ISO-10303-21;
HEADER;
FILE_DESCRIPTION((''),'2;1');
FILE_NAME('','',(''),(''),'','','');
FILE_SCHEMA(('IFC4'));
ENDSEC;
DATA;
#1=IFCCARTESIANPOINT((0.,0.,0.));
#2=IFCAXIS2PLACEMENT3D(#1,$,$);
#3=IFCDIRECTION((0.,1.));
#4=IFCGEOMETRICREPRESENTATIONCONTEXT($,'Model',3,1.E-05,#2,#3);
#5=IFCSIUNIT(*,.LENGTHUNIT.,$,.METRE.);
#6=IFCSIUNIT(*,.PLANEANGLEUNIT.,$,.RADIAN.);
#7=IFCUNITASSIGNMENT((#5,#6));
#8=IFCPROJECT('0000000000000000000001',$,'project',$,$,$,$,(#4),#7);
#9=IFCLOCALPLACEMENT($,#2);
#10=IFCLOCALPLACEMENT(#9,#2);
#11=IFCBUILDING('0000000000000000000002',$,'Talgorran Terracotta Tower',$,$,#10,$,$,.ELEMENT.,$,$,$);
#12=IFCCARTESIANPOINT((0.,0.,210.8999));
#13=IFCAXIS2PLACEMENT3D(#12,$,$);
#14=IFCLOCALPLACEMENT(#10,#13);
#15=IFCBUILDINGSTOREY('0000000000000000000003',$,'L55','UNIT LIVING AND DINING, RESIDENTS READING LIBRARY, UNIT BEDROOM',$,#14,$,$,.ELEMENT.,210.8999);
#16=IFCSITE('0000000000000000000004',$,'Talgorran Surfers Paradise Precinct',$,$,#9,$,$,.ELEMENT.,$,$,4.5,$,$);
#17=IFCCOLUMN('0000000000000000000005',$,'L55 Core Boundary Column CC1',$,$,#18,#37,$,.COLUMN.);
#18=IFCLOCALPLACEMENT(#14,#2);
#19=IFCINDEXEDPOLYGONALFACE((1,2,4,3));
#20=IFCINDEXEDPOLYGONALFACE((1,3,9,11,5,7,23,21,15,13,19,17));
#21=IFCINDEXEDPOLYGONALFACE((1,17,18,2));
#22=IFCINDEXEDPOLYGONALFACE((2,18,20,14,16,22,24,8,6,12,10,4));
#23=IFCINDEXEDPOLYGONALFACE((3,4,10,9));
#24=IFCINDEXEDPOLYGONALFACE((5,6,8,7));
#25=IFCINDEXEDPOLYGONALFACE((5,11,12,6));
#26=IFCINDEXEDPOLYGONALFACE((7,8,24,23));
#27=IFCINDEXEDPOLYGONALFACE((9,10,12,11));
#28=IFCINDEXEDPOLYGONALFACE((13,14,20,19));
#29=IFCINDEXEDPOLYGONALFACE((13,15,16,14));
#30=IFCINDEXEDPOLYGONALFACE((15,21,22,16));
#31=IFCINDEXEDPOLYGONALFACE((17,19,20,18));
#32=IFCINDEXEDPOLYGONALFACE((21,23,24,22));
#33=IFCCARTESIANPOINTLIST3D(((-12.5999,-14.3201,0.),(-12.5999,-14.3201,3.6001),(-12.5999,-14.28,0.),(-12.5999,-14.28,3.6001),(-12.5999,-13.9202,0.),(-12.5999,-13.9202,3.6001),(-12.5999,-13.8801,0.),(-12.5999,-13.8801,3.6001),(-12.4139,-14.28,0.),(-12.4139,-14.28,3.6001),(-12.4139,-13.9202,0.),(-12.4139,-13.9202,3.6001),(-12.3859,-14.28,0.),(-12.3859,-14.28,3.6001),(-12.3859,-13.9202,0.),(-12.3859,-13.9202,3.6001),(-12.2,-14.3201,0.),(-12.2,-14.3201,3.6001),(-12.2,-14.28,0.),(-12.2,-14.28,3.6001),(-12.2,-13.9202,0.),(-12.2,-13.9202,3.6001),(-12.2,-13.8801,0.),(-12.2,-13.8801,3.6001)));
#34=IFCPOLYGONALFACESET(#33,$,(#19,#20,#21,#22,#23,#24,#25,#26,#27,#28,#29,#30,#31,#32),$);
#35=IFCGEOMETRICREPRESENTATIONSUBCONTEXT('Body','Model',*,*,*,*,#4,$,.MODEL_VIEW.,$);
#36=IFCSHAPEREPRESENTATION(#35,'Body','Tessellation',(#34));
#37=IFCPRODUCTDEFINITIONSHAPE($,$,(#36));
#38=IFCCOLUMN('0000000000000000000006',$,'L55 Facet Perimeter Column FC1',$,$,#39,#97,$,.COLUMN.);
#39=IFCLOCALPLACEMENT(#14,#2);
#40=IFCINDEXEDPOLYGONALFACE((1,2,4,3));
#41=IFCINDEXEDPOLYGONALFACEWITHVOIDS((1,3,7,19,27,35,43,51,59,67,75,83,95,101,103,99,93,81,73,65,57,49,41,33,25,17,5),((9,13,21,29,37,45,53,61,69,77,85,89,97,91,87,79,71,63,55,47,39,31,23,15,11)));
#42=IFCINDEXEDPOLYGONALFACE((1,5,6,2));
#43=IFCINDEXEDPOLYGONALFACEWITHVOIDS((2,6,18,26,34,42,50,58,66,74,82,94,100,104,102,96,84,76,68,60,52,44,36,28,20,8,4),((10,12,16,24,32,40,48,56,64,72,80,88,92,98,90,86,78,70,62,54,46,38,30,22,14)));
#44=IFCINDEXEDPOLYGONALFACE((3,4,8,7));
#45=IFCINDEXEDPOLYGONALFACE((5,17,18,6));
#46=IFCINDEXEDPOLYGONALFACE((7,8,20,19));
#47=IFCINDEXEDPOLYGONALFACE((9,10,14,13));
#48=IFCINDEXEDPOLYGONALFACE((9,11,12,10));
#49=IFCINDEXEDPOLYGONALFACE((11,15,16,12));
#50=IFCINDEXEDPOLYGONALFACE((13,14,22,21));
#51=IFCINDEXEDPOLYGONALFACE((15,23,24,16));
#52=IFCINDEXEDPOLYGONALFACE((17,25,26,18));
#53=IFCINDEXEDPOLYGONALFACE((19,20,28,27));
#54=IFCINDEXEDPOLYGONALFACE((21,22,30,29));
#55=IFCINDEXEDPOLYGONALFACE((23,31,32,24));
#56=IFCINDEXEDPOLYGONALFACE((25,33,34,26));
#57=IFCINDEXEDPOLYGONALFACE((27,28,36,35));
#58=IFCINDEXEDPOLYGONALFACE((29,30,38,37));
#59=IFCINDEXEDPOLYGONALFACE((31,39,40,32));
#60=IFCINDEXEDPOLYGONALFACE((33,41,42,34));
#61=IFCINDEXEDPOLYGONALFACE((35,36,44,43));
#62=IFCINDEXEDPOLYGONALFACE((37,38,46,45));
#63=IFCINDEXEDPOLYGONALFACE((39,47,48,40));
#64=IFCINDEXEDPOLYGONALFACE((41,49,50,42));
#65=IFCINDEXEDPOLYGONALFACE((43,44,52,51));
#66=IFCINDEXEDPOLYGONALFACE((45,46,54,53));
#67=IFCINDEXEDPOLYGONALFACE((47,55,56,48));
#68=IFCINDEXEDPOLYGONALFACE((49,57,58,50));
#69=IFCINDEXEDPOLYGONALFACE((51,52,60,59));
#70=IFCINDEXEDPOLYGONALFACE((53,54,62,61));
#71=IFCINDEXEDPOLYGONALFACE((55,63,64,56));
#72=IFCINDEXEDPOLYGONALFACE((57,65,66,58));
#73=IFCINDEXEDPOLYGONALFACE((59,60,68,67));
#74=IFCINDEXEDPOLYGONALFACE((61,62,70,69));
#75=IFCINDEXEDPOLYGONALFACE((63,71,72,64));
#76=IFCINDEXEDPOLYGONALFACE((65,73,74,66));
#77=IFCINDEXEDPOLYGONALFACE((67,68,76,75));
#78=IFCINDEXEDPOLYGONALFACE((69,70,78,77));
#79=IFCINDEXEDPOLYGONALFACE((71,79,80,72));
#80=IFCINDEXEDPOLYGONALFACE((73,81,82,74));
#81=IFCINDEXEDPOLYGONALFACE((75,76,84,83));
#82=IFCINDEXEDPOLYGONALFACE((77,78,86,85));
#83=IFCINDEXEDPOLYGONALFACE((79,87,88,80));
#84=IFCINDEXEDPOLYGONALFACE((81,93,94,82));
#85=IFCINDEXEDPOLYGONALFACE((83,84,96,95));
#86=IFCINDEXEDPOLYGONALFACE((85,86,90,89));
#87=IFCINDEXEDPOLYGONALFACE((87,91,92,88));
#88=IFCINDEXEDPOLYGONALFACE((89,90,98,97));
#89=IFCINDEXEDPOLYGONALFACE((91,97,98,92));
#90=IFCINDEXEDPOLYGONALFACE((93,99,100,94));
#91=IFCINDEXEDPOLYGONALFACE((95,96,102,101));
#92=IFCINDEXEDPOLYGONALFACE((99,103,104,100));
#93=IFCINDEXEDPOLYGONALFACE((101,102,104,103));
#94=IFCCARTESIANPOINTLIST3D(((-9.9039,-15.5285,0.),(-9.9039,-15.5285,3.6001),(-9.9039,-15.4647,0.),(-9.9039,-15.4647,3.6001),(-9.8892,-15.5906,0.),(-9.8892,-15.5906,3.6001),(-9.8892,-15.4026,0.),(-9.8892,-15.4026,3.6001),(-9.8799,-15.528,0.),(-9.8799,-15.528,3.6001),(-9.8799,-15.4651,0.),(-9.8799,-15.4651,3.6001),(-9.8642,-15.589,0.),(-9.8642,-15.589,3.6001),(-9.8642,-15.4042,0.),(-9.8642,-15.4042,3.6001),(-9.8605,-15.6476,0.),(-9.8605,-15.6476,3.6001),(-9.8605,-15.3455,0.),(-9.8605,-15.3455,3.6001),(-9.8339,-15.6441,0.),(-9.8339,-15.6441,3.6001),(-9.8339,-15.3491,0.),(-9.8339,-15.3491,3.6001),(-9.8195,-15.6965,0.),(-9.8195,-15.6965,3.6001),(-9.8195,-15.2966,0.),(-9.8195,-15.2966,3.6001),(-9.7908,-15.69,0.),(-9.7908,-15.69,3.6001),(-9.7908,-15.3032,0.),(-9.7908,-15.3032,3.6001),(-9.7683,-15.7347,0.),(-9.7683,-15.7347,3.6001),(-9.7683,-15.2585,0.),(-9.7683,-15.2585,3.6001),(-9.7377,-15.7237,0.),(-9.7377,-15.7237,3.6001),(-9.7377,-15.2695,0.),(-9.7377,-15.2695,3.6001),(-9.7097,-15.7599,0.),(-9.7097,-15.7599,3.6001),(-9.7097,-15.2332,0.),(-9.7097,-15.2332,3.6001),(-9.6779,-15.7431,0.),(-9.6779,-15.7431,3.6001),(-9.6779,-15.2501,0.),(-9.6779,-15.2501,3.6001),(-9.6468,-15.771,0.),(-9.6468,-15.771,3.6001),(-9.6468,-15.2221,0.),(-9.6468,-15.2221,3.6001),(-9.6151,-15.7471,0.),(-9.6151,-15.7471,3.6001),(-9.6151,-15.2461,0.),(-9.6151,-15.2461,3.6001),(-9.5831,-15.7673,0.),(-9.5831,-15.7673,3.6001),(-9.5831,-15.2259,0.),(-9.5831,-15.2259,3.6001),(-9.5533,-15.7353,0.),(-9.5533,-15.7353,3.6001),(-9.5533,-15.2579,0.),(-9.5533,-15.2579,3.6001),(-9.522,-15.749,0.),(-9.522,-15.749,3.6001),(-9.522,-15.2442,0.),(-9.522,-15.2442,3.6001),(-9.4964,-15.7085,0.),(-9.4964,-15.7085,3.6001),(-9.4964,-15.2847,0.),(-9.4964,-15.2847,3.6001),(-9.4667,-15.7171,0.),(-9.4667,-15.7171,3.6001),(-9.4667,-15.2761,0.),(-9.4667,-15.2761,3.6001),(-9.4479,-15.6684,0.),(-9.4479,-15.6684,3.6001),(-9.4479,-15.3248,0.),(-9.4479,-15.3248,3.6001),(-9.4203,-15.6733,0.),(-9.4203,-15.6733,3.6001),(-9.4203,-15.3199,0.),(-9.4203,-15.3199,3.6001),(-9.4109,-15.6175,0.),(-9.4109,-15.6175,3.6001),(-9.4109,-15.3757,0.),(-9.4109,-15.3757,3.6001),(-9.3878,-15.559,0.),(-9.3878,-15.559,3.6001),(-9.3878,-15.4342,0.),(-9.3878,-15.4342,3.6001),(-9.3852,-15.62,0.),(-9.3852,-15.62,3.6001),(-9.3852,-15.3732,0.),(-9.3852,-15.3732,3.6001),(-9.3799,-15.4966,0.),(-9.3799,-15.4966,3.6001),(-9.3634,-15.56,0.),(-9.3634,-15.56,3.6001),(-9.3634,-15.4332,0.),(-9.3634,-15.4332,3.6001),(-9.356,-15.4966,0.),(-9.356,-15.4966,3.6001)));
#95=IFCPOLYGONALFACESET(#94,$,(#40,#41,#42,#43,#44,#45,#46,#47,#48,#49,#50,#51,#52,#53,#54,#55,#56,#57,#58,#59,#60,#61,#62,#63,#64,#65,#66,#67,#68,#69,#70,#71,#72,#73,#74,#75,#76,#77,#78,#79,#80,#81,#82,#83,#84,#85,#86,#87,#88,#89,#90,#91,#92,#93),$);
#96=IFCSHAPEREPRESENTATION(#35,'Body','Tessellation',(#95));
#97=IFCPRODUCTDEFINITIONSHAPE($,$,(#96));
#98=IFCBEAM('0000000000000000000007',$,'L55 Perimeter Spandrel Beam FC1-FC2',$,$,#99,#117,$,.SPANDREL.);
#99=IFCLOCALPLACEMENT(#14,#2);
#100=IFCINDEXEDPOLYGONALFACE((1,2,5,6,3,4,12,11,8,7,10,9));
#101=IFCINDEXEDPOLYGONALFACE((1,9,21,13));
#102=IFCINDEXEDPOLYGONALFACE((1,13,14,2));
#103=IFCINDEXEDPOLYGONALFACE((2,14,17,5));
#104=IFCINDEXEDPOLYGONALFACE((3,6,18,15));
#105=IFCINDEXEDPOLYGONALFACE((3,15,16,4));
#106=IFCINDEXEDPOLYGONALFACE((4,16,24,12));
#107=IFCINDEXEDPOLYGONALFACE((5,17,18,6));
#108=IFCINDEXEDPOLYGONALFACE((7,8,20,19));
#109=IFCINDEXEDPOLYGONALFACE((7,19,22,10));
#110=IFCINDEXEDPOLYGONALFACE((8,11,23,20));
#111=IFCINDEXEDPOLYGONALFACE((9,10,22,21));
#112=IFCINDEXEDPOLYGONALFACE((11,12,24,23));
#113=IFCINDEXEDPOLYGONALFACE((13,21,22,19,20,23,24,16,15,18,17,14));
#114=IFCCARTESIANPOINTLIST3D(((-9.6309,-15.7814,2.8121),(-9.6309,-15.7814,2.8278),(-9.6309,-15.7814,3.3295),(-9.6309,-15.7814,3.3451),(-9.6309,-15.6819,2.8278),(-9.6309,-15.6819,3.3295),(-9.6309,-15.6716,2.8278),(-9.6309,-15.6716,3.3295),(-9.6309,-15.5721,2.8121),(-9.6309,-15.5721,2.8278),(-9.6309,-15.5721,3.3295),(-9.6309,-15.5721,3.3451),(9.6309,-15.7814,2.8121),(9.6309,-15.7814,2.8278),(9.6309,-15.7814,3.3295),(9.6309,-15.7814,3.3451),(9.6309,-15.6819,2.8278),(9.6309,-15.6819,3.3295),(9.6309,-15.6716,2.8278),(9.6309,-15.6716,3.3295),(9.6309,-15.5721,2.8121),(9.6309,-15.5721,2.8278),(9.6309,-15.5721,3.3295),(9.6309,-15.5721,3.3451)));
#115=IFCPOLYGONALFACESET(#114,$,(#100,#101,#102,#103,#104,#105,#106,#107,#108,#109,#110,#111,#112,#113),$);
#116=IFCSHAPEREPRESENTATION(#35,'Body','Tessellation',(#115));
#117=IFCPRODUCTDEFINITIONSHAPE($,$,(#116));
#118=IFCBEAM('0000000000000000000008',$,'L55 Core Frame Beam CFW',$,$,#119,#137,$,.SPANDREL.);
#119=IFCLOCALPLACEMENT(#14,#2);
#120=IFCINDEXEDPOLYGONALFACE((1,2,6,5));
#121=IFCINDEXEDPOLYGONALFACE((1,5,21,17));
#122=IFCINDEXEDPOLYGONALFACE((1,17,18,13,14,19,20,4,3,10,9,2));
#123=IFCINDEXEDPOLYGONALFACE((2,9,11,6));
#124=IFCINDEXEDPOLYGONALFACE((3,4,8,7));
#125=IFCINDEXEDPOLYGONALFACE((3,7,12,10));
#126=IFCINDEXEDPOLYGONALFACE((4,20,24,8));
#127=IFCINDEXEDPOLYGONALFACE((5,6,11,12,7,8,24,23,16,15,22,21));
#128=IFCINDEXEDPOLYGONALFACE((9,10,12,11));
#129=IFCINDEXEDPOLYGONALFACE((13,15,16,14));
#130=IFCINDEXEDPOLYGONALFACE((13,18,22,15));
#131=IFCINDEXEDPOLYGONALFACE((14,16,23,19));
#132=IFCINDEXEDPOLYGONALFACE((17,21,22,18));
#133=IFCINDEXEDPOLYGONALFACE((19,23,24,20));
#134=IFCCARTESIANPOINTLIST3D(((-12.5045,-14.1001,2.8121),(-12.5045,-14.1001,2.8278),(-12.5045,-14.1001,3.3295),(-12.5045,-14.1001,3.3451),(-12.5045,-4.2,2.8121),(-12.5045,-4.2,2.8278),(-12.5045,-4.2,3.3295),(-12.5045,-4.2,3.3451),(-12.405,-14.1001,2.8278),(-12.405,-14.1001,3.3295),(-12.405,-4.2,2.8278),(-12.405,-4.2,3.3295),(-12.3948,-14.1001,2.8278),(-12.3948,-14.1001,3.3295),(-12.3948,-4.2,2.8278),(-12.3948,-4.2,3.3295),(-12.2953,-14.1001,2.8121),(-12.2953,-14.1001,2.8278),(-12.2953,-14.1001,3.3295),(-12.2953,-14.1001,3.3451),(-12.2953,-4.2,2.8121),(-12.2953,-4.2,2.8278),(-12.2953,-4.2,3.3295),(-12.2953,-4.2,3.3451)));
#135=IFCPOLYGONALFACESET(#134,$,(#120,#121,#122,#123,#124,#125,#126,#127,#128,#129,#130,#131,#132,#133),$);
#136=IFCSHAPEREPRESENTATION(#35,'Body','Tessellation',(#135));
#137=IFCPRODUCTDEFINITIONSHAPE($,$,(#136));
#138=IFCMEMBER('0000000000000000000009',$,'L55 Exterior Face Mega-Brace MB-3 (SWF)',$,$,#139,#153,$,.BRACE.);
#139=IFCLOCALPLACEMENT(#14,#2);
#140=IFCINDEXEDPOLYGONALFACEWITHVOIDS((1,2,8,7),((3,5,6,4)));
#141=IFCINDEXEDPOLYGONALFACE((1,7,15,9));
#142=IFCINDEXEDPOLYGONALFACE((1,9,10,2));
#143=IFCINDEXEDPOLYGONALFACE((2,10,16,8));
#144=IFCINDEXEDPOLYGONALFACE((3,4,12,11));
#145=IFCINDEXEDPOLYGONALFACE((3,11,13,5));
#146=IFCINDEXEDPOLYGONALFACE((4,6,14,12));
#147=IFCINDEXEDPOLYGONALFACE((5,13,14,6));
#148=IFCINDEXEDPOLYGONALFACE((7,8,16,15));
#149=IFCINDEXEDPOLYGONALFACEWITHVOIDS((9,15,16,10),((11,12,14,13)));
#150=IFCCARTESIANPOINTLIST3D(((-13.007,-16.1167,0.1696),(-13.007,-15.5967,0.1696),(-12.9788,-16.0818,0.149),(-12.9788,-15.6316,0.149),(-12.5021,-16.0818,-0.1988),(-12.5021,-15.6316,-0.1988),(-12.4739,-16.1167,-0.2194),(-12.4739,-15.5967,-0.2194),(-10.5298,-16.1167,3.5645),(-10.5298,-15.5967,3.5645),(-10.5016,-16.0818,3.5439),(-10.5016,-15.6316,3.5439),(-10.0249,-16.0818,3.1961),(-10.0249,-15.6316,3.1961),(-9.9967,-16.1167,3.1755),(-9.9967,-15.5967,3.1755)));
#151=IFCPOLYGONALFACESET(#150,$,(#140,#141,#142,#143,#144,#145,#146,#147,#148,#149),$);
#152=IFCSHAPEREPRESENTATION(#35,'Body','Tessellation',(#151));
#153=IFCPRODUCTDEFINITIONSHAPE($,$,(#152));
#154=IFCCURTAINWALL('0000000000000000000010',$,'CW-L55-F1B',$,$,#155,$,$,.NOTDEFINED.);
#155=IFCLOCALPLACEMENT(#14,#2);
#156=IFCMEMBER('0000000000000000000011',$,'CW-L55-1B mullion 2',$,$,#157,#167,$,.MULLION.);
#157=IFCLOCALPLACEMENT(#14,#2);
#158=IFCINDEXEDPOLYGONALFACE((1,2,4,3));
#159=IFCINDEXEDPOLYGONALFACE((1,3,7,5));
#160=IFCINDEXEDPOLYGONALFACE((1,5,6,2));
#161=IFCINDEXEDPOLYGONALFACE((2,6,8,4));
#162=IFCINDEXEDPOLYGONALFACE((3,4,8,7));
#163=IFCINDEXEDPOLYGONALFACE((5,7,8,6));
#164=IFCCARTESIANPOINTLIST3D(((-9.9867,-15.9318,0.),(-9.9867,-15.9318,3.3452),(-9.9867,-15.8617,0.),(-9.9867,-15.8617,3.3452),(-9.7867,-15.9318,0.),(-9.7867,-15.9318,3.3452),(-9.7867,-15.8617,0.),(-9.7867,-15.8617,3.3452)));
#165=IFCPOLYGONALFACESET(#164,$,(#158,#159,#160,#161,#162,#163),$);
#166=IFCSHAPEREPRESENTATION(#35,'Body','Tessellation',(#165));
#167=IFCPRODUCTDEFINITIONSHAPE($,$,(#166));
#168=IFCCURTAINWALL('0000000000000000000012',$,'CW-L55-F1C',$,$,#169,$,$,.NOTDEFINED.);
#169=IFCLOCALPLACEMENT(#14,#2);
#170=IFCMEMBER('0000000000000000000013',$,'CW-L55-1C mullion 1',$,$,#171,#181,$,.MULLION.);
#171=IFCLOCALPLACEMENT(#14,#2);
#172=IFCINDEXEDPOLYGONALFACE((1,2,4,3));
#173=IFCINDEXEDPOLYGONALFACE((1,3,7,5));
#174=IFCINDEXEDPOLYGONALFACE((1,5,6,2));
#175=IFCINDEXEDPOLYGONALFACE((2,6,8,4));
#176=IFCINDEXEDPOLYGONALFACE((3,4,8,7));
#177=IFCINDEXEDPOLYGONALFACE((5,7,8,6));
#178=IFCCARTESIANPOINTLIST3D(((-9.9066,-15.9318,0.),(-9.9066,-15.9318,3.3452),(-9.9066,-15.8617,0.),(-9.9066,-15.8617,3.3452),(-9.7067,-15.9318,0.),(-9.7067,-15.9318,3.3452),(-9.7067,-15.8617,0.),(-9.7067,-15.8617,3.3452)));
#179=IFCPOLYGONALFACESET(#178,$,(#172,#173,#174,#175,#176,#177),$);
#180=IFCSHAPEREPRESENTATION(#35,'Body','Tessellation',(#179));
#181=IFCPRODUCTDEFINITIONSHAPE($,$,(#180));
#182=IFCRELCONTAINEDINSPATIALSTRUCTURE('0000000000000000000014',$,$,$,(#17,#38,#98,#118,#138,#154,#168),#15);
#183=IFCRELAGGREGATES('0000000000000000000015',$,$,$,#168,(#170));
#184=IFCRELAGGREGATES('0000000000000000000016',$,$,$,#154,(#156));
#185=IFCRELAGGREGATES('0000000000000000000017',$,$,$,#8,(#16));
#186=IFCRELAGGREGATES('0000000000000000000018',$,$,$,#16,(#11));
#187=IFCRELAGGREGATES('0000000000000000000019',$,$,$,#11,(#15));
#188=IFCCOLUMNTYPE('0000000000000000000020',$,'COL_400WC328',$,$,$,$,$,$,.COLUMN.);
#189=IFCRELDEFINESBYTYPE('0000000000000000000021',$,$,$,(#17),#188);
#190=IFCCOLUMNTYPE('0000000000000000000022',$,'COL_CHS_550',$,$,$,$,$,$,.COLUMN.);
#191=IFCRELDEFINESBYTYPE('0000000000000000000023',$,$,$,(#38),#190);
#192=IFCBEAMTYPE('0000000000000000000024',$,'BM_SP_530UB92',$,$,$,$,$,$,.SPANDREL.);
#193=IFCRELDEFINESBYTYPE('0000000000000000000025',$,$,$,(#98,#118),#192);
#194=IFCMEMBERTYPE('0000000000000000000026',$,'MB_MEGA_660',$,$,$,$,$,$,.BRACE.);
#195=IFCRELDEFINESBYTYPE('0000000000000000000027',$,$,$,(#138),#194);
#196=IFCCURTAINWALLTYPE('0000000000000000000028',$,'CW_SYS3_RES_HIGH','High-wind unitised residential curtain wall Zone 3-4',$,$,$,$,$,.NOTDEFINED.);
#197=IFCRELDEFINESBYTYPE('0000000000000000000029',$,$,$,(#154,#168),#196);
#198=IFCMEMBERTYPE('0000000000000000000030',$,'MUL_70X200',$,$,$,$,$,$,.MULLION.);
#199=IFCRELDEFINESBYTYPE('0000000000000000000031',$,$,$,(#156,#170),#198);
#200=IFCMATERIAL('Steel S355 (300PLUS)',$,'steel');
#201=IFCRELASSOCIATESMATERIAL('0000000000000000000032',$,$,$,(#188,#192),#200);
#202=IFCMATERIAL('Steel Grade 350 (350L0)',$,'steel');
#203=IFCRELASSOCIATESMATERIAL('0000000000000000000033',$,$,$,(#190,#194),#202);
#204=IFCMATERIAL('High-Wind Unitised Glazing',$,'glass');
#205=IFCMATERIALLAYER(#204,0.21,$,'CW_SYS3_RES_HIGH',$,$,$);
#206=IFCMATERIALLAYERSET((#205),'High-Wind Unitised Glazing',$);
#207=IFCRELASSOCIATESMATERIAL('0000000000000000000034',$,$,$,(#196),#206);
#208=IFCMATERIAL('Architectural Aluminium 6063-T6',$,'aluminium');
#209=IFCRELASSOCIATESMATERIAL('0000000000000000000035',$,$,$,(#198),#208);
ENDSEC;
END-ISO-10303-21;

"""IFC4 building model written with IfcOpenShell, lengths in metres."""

from ifc_helpers import new_model, si_unit, direction, frame, origin, origin_2d, place, context, subcontext, project, spatial, rectangle, hollow_rectangle, hollow_circle, i_section, extrude, material, layer, layer_set, material_profile, profile_set, type_object, element, aggregate, save


model = new_model("IFC4")

# Units and contexts
model_context = context("Model", 3, precision=1e-05, world=origin(), true_north=direction((0.0, 1.0)))
body_context = subcontext(model_context, "Body", "Model", "MODEL_VIEW")
ifc_project = project(units=[si_unit("LENGTHUNIT", "METRE"), si_unit("PLANEANGLEUNIT", "RADIAN")], contexts=[model_context])

# Site, building, storey
site_placement = place(None, origin())
site = spatial("IfcSite", under=ifc_project, at=site_placement, Name="Talgorran Surfers Paradise Precinct", CompositionType="ELEMENT", RefElevation=4.5)
building_placement = place(site_placement, origin())
building = spatial("IfcBuilding", under=site, at=building_placement, Name="Talgorran Terracotta Tower", CompositionType="ELEMENT")
storey_placement = place(building_placement, frame((0.0, 0.0, 210.8999)))
storey = spatial("IfcBuildingStorey", under=building, at=storey_placement, Name="L55", Description="UNIT LIVING AND DINING, RESIDENTS READING LIBRARY, UNIT BEDROOM", CompositionType="ELEMENT", Elevation=210.8999)

# Columns
ifc_material_1 = material(Name="Steel S355 (300PLUS)", Category="steel")
ifc_material_profile_1 = material_profile(ifc_material_1, i_section(OverallWidth=0.3999, OverallDepth=0.4399, WebThickness=0.0281, FlangeThickness=0.04, at=origin_2d()), Name="400WC328")
ifc_profile_set_1 = profile_set([ifc_material_profile_1], Name="Steel S355 (300PLUS)")
column_type_1 = type_object("IfcColumnType", Name="COL_400WC328", PredefinedType="COLUMN", material=ifc_profile_set_1)
column_1_placement = place(storey_placement, frame((-12.3999, -14.1001, 0.0), z_axis=(0.0, 0.0, 1.0), x_axis=(1.0, 0.0, 0.0)))
element("IfcColumn", 1, at=column_1_placement, inside=storey, type_object=column_type_1, Name="L55 Core Boundary Column CC1", PredefinedType="COLUMN", context=body_context, shape_type="SweptSolid", body=[
    extrude(i_section(OverallWidth=0.3999, OverallDepth=0.4399, WebThickness=0.0281, FlangeThickness=0.04, at=origin_2d()), origin(), (0.0, 0.0, 1.0), 3.6001),
])
ifc_material_2 = material(Name="Steel Grade 350 (350L0)", Category="steel")
ifc_material_profile_2 = material_profile(ifc_material_2, hollow_circle(Radius=0.2749, WallThickness=0.0239, at=origin_2d()), Name="CHS550X24")
ifc_profile_set_2 = profile_set([ifc_material_profile_2], Name="Steel Grade 350 (350L0)")
column_type_2 = type_object("IfcColumnType", Name="COL_CHS_550", PredefinedType="COLUMN", material=ifc_profile_set_2)
column_2_placement = place(storey_placement, frame((-9.6309, -15.4966, 0.0), z_axis=(0.0, 0.0, 1.0), x_axis=(1.0, 0.0, 0.0)))
element("IfcColumn", 2, at=column_2_placement, inside=storey, type_object=column_type_2, Name="L55 Facet Perimeter Column FC1", PredefinedType="COLUMN", context=body_context, shape_type="SweptSolid", body=[
    extrude(hollow_circle(Radius=0.2749, WallThickness=0.0239, at=origin_2d()), origin(), (0.0, 0.0, 1.0), 3.6001),
])

# Beams
ifc_material_profile_3 = material_profile(ifc_material_1, i_section(OverallWidth=0.2092, OverallDepth=0.533, WebThickness=0.0103, FlangeThickness=0.0156, at=origin_2d()), Name="530UB92.4")
ifc_profile_set_3 = profile_set([ifc_material_profile_3], Name="Steel S355 (300PLUS)")
beam_type = type_object("IfcBeamType", Name="BM_SP_530UB92", PredefinedType="SPANDREL", material=ifc_profile_set_3)
beam_1_placement = place(storey_placement, frame((-9.6309, -15.6768, 3.0786), z_axis=(1.0, 0.0, 0.0), x_axis=(0.0, 1.0, 0.0)))
element("IfcBeam", 3, at=beam_1_placement, inside=storey, type_object=beam_type, Name="L55 Perimeter Spandrel Beam FC1-FC2", PredefinedType="SPANDREL", context=body_context, shape_type="SweptSolid", body=[
    extrude(i_section(OverallWidth=0.2092, OverallDepth=0.533, WebThickness=0.0103, FlangeThickness=0.0156, at=origin_2d()), origin(), (0.0, 0.0, 1.0), 19.2617),
])
beam_2_placement = place(storey_placement, frame((-12.3999, -14.1001, 3.0786), z_axis=(0.0, 1.0, 0.0), x_axis=(-1.0, 0.0, 0.0)))
element("IfcBeam", 4, at=beam_2_placement, inside=storey, type_object=beam_type, Name="L55 Core Frame Beam CFW", PredefinedType="SPANDREL", context=body_context, shape_type="SweptSolid", body=[
    extrude(i_section(OverallWidth=0.2092, OverallDepth=0.533, WebThickness=0.0103, FlangeThickness=0.0156, at=origin_2d()), origin(), (0.0, 0.0, 1.0), 9.9001),
])

# Member
ifc_material_profile_4 = material_profile(ifc_material_2, hollow_rectangle(XDim=0.52, YDim=0.6599, WallThickness=0.0349, at=origin_2d()), Name="WBOX660X520X35")
ifc_profile_set_4 = profile_set([ifc_material_profile_4], Name="Steel Grade 350 (350L0)")
member_type_1 = type_object("IfcMemberType", Name="MB_MEGA_660", PredefinedType="BRACE", material=ifc_profile_set_4)
member_1_placement = place(storey_placement, frame((-12.7405, -15.8567, -0.0249), z_axis=(0.589446, 0.0, 0.807808), x_axis=(0.0, 1.0, 0.0)))
element("IfcMember", 5, at=member_1_placement, inside=storey, type_object=member_type_1, Name="L55 Exterior Face Mega-Brace MB-3 (SWF)", PredefinedType="BRACE", context=body_context, shape_type="SweptSolid", body=[
    extrude(hollow_rectangle(XDim=0.52, YDim=0.6599, WallThickness=0.0349, at=origin_2d()), origin(), (0.0, 0.0, 1.0), 4.2026),
])

# Curtain wall, member
ifc_material_3 = material(Name="High-Wind Unitised Glazing", Category="glass")
ifc_layer_1 = layer(ifc_material_3, 0.21, Name="CW_SYS3_RES_HIGH")
ifc_layer_set_1 = layer_set([ifc_layer_1], Name="High-Wind Unitised Glazing")
curtain_wall_type = type_object("IfcCurtainWallType", Name="CW_SYS3_RES_HIGH", Description="High-wind unitised residential curtain wall Zone 3-4", PredefinedType="NOTDEFINED", material=ifc_layer_set_1)
curtain_wall_1_placement = place(storey_placement, origin())
curtain_wall_1 = element("IfcCurtainWall", 6, at=curtain_wall_1_placement, inside=storey, type_object=curtain_wall_type, Name="CW-L55-F1B", PredefinedType="NOTDEFINED")
ifc_material_4 = material(Name="Architectural Aluminium 6063-T6", Category="aluminium")
ifc_material_profile_5 = material_profile(ifc_material_4, rectangle(XDim=0.0701, YDim=0.2, at=origin_2d()), Name="CWM70X200")
ifc_profile_set_5 = profile_set([ifc_material_profile_5], Name="Architectural Aluminium 6063-T6")
member_type_2 = type_object("IfcMemberType", Name="MUL_70X200", PredefinedType="MULLION", material=ifc_profile_set_5)
member_2_placement = place(storey_placement, frame((-9.8867, -15.8967, 0.0), z_axis=(0.0, 0.0, 1.0), x_axis=(0.0, 1.0, 0.0)))
member_2 = element("IfcMember", 7, at=member_2_placement, type_object=member_type_2, Name="CW-L55-1B mullion 2", PredefinedType="MULLION", context=body_context, shape_type="SweptSolid", body=[
    extrude(rectangle(XDim=0.0701, YDim=0.2, at=origin_2d()), origin(), (0.0, 0.0, 1.0), 3.3452),
])

# Curtain wall, member
curtain_wall_2_placement = place(storey_placement, origin())
curtain_wall_2 = element("IfcCurtainWall", 8, at=curtain_wall_2_placement, inside=storey, type_object=curtain_wall_type, Name="CW-L55-F1C", PredefinedType="NOTDEFINED")
member_3_placement = place(storey_placement, frame((-9.8066, -15.8967, 0.0), z_axis=(0.0, 0.0, 1.0), x_axis=(0.0, 1.0, 0.0)))
member_3 = element("IfcMember", 9, at=member_3_placement, type_object=member_type_2, Name="CW-L55-1C mullion 1", PredefinedType="MULLION", context=body_context, shape_type="SweptSolid", body=[
    extrude(rectangle(XDim=0.0701, YDim=0.2, at=origin_2d()), origin(), (0.0, 0.0, 1.0), 3.3452),
])
aggregate(curtain_wall_2, [member_3])

aggregate(curtain_wall_1, [member_2])

save(model, "model.ifc")
